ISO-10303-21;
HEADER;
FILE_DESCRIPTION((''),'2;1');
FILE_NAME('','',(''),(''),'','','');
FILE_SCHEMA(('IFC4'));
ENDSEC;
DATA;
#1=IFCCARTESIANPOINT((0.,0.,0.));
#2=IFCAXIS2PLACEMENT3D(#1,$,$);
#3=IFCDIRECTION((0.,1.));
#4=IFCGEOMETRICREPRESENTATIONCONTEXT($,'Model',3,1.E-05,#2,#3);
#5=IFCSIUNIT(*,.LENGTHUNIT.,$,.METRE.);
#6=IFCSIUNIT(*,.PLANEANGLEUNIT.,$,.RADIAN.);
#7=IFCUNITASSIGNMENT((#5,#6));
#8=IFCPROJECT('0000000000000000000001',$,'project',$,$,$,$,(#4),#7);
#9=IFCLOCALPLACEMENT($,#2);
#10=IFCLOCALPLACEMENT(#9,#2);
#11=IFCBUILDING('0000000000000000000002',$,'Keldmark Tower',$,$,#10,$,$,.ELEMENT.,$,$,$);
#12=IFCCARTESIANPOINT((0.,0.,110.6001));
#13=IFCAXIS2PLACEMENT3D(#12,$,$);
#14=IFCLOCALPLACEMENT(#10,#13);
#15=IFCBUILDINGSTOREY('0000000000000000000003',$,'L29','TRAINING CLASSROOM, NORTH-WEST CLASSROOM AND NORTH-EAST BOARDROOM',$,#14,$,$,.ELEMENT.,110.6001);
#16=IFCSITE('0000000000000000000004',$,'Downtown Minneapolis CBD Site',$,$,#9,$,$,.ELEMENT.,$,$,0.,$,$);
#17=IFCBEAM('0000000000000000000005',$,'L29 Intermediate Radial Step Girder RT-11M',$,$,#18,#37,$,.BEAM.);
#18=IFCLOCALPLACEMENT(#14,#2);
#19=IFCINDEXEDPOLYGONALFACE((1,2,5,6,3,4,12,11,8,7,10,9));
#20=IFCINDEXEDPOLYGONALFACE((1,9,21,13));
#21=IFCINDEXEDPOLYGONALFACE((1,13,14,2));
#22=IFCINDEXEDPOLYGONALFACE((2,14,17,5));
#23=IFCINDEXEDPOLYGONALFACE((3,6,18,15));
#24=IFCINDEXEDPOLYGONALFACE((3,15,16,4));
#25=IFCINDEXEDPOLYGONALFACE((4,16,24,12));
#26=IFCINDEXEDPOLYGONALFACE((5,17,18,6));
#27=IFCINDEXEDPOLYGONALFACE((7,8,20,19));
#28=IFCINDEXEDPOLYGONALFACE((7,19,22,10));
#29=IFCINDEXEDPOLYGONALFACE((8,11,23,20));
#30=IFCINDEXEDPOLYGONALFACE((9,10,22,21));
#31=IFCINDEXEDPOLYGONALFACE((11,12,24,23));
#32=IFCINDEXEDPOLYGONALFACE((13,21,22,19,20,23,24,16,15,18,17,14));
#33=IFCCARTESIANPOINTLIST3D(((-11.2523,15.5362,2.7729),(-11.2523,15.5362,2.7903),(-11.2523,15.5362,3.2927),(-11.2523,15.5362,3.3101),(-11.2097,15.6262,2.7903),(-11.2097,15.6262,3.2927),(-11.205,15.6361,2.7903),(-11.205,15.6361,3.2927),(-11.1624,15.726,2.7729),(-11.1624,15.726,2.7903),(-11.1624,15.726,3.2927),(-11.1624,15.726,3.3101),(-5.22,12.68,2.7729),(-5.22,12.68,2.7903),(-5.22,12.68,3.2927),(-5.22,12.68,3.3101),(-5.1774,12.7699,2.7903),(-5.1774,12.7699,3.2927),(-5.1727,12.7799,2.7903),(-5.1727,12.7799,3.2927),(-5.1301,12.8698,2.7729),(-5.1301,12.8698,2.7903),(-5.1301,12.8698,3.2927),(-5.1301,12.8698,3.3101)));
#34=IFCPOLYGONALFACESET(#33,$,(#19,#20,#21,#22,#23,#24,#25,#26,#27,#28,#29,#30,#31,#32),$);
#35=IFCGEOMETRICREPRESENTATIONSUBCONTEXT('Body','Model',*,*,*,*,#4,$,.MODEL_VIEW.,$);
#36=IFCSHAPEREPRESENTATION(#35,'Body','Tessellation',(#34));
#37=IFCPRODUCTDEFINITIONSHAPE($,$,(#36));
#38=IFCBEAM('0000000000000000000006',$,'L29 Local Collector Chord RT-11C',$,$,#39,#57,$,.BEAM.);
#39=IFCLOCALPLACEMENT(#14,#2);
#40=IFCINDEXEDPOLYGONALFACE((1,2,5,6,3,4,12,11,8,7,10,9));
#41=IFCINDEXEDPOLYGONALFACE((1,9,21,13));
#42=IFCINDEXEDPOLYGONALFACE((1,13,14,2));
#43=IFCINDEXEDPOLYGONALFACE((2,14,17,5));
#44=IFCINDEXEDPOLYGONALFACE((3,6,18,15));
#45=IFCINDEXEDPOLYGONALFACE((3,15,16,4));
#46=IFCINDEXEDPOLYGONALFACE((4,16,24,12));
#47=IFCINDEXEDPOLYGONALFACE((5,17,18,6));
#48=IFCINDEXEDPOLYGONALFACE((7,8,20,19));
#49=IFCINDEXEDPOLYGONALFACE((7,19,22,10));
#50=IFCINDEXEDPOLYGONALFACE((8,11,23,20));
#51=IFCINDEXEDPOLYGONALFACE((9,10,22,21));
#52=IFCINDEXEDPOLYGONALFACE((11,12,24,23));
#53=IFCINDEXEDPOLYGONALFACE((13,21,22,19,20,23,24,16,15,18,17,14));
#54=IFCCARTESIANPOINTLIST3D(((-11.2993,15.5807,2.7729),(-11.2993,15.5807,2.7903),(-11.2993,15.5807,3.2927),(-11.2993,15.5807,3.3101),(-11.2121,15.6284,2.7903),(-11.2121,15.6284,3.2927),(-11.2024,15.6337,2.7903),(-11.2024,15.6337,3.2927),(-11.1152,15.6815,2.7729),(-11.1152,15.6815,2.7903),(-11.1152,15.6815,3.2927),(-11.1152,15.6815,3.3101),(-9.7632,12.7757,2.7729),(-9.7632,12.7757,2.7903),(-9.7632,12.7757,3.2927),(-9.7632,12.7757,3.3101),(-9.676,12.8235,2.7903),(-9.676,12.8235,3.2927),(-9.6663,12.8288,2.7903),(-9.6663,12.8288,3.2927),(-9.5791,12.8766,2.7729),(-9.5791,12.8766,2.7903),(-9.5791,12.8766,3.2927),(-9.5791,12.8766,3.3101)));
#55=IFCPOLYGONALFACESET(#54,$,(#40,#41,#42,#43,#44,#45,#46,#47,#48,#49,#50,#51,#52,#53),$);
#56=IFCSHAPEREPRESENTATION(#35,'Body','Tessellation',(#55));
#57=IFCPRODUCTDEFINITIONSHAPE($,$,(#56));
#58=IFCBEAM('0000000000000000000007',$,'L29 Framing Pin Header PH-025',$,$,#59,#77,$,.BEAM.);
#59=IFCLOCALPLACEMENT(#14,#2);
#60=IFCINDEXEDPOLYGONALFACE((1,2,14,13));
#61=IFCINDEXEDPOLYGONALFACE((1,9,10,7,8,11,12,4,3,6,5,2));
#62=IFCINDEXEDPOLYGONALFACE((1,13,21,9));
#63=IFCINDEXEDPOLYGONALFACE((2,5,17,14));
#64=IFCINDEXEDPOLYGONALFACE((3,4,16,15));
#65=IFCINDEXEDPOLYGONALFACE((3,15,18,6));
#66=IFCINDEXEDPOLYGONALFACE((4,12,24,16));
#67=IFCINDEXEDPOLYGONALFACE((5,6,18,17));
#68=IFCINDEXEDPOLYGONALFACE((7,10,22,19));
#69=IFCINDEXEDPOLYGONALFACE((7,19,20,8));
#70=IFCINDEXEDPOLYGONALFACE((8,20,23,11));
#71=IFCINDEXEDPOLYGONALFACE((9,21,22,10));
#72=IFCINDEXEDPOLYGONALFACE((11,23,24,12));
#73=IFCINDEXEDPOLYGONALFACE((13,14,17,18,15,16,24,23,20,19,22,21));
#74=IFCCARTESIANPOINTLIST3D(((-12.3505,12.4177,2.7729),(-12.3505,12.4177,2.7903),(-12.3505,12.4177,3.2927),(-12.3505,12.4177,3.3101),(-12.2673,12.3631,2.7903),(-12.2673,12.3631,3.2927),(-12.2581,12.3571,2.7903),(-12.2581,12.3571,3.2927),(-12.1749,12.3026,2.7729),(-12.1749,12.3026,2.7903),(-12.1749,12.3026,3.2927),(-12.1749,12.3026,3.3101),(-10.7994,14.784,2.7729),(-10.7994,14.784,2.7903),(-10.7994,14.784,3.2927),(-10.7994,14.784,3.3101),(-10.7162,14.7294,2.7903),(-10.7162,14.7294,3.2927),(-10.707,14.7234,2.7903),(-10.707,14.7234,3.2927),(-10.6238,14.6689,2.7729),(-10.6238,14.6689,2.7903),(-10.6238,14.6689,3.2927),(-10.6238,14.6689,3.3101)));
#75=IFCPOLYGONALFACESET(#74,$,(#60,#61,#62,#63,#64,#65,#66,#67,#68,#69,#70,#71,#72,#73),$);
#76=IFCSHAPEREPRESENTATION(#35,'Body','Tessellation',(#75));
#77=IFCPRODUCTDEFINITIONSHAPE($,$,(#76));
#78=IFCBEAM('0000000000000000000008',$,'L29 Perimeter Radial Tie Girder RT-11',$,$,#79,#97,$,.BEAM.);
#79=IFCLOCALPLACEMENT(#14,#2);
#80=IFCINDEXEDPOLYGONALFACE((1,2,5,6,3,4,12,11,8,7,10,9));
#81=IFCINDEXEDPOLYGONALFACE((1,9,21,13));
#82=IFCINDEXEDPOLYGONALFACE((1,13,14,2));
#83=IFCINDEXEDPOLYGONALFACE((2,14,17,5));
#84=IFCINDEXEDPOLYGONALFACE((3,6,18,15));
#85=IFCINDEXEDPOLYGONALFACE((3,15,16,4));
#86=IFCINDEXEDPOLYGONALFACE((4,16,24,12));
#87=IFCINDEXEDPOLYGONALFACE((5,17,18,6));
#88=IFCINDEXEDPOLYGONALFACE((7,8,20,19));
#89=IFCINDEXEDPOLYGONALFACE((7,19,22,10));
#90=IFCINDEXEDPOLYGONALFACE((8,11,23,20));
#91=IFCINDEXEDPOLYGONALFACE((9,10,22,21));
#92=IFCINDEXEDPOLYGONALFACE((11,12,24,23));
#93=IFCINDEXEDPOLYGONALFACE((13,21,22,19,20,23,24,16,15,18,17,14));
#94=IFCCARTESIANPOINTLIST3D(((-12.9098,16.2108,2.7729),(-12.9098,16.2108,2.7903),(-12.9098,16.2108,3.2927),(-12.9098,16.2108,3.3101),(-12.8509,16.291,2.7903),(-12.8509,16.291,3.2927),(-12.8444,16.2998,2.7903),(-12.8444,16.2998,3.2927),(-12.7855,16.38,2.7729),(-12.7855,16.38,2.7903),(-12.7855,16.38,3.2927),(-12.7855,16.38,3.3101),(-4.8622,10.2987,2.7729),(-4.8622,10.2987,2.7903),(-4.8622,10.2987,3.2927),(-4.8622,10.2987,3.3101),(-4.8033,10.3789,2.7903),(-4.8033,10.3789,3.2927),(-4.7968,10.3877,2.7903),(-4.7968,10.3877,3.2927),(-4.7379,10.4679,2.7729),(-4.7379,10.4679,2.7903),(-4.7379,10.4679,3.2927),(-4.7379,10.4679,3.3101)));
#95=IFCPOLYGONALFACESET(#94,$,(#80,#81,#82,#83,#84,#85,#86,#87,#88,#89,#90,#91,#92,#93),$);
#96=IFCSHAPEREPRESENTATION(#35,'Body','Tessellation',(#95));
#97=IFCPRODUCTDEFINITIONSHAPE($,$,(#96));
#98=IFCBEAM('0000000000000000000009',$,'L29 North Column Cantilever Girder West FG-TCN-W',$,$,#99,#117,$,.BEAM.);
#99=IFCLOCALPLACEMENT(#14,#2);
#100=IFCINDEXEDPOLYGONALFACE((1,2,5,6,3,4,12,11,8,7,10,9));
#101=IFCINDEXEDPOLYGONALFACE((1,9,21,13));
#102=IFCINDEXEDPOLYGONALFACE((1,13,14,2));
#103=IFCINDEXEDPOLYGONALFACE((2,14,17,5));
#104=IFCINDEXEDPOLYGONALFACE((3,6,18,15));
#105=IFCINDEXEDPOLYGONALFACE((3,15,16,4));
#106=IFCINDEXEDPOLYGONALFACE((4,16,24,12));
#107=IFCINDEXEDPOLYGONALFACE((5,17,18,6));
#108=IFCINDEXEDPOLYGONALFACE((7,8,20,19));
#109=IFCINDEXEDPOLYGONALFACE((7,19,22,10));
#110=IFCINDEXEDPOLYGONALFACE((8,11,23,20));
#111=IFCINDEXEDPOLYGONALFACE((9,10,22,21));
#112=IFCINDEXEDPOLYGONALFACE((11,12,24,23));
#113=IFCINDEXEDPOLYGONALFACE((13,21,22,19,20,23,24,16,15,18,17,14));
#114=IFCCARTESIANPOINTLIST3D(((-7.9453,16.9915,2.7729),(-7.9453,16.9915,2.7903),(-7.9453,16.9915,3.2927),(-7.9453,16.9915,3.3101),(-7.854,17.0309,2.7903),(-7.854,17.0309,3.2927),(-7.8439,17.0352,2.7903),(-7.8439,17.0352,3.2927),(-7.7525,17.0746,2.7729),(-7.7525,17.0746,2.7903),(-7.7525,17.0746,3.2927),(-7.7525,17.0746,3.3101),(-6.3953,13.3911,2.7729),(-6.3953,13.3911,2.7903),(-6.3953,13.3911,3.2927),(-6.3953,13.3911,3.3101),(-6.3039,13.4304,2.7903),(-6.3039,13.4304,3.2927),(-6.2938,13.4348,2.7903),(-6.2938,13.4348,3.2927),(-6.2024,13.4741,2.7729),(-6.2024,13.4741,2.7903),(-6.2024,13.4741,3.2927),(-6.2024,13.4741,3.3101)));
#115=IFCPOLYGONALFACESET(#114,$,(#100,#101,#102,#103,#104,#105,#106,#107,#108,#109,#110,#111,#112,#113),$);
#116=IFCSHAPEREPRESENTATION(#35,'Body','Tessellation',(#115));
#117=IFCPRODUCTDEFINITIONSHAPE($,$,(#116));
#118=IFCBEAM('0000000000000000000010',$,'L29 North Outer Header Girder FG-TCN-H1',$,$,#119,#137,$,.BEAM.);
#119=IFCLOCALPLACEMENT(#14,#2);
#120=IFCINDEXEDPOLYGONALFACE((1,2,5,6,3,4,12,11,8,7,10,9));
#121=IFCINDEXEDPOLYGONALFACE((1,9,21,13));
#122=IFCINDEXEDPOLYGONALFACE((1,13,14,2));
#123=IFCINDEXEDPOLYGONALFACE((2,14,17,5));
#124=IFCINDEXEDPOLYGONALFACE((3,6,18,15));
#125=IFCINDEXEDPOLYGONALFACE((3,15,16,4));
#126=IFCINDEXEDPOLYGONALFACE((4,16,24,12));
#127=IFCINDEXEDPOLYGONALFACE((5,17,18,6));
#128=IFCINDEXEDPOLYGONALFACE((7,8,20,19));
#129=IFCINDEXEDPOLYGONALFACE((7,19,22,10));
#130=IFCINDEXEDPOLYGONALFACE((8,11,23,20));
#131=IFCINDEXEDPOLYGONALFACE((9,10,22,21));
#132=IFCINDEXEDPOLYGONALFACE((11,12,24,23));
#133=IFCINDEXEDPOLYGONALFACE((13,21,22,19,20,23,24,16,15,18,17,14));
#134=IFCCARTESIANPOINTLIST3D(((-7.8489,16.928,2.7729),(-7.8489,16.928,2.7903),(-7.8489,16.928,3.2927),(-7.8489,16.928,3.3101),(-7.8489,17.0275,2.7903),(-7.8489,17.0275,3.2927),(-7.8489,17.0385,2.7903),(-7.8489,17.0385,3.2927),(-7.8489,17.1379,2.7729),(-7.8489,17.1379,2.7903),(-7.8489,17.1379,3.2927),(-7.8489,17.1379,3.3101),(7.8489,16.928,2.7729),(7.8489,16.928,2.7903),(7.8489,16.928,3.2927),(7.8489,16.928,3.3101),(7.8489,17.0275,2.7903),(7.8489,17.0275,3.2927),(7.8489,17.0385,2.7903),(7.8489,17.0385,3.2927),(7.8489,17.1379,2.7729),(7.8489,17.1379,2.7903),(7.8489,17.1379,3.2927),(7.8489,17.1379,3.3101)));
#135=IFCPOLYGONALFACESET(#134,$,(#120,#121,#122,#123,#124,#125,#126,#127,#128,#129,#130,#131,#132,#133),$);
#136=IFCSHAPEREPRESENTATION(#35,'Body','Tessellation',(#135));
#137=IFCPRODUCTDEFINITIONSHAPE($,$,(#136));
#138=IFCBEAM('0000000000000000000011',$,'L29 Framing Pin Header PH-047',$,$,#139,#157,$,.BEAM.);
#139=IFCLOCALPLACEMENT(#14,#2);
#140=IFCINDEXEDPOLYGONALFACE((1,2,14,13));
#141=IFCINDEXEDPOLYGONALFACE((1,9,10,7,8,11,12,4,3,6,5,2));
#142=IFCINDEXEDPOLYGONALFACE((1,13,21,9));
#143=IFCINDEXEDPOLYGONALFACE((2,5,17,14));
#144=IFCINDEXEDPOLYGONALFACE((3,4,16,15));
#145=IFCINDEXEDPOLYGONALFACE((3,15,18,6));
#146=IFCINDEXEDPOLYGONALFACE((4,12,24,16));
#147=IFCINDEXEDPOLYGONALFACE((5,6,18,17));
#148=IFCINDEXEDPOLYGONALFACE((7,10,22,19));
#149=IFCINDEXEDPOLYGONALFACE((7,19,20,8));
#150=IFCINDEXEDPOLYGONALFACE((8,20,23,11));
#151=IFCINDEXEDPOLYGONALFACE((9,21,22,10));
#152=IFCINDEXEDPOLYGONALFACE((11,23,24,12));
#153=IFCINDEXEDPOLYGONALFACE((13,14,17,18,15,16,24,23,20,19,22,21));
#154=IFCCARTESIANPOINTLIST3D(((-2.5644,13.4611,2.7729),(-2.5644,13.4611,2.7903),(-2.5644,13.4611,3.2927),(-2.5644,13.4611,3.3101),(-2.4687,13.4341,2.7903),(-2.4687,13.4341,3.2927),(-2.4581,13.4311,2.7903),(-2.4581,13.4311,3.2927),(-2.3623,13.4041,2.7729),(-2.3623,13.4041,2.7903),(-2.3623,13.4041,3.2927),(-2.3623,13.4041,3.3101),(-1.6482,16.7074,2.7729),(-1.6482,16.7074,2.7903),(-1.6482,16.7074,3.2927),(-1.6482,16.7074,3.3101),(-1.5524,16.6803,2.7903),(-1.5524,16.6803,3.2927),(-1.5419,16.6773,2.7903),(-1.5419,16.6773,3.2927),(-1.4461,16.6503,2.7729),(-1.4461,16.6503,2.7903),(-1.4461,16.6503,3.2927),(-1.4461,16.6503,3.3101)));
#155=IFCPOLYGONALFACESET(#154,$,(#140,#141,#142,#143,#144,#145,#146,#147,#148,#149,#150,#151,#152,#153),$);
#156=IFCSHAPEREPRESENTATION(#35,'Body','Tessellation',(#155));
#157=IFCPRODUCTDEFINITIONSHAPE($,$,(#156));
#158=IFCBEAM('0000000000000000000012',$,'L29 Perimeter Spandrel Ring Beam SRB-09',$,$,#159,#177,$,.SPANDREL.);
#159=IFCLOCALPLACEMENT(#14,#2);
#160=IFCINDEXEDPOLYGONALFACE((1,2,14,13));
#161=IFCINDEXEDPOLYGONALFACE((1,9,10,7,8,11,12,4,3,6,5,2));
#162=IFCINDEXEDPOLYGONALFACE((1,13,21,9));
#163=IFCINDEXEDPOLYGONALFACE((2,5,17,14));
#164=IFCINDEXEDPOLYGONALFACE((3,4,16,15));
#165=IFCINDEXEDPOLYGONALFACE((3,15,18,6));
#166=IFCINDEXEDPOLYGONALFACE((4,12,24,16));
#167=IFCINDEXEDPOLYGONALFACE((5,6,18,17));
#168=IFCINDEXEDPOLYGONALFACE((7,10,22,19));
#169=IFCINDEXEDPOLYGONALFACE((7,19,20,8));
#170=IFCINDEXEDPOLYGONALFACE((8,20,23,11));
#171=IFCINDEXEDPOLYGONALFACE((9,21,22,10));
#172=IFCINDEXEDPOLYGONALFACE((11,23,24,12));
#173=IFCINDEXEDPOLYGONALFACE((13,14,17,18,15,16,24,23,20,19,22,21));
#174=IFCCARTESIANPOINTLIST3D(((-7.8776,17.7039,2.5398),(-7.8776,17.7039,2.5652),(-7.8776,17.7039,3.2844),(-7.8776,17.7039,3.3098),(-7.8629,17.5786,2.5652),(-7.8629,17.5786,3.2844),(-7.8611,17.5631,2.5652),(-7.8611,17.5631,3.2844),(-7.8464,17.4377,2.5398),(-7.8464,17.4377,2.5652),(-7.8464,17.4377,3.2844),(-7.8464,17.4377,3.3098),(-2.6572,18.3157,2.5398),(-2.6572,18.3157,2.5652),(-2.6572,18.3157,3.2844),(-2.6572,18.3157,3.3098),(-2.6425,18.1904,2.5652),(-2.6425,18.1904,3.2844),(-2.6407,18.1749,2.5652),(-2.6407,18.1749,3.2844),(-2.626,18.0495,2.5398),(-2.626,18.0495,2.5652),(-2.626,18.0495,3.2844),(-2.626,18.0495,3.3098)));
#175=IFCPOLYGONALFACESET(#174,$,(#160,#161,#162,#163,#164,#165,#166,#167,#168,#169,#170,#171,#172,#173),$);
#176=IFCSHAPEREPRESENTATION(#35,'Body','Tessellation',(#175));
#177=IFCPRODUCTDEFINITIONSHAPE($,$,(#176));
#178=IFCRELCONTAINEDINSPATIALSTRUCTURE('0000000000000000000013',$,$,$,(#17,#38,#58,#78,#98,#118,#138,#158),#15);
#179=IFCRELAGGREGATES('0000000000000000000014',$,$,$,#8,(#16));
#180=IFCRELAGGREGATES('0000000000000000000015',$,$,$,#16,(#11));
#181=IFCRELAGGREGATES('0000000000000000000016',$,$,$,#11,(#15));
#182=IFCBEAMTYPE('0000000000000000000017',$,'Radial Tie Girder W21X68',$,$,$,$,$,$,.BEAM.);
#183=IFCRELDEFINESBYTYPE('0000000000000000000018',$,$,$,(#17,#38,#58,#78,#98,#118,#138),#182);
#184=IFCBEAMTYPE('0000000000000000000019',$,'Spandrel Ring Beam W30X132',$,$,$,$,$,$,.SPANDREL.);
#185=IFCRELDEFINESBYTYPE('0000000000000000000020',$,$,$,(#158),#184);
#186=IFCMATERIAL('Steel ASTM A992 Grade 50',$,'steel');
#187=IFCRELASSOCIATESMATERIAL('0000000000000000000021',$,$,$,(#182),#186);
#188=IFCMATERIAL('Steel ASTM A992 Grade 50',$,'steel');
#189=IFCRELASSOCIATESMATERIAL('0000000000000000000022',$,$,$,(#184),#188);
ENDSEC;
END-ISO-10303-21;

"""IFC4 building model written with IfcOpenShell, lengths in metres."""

from ifc_helpers import new_model, si_unit, direction, frame, origin, origin_2d, place, context, subcontext, project, spatial, i_section, extrude, material, material_profile, profile_set, type_object, element, save


model = new_model("IFC4")

# Units and contexts
model_context = context("Model", 3, precision=1e-05, world=origin(), true_north=direction((0.0, 1.0)))
body_context = subcontext(model_context, "Body", "Model", "MODEL_VIEW")
ifc_project = project(units=[si_unit("LENGTHUNIT", "METRE"), si_unit("PLANEANGLEUNIT", "RADIAN")], contexts=[model_context])

# Site, building, storey
site_placement = place(None, origin())
site = spatial("IfcSite", under=ifc_project, at=site_placement, Name="Downtown Minneapolis CBD Site", CompositionType="ELEMENT", RefElevation=0.0)
building_placement = place(site_placement, origin())
building = spatial("IfcBuilding", under=site, at=building_placement, Name="Keldmark Tower", CompositionType="ELEMENT")
storey_placement = place(building_placement, frame((0.0, 0.0, 110.6001)))
storey = spatial("IfcBuildingStorey", under=building, at=storey_placement, Name="L29", Description="TRAINING CLASSROOM, NORTH-WEST CLASSROOM AND NORTH-EAST BOARDROOM", CompositionType="ELEMENT", Elevation=110.6001)

# Beams
ifc_material_1 = material(Name="Steel ASTM A992 Grade 50", Category="steel")
ifc_material_profile_1 = material_profile(ifc_material_1, i_section(OverallWidth=0.21, OverallDepth=0.5371, WebThickness=0.011, FlangeThickness=0.0173, at=origin_2d()), Name="W21X68")
ifc_profile_set_1 = profile_set([ifc_material_profile_1], Name="Steel ASTM A992 Grade 50")
beam_type_1 = type_object("IfcBeamType", Name="Radial Tie Girder W21X68", PredefinedType="BEAM", material=ifc_profile_set_1)
beam_1_placement = place(storey_placement, frame((-5.175, 12.7749, 3.0415), z_axis=(-0.903806, 0.427943, 0.0), x_axis=(-0.427943, -0.903806, 0.0)))
element("IfcBeam", 1, at=beam_1_placement, inside=storey, type_object=beam_type_1, Name="L29 Intermediate Radial Step Girder RT-11M", PredefinedType="BEAM", context=body_context, shape_type="SweptSolid", body=[
    extrude(i_section(OverallWidth=0.21, OverallDepth=0.5371, WebThickness=0.011, FlangeThickness=0.0173, at=origin_2d()), origin(), (0.0, 0.0, 1.0), 6.6743),
])
beam_2_placement = place(storey_placement, frame((-9.6711, 12.8262, 3.0415), z_axis=(-0.480338, 0.877083, 0.0), x_axis=(-0.877083, -0.480338, 0.0)))
element("IfcBeam", 2, at=beam_2_placement, inside=storey, type_object=beam_type_1, Name="L29 Local Collector Chord RT-11C", PredefinedType="BEAM", context=body_context, shape_type="SweptSolid", body=[
    extrude(i_section(OverallWidth=0.21, OverallDepth=0.5371, WebThickness=0.011, FlangeThickness=0.0173, at=origin_2d()), origin(), (0.0, 0.0, 1.0), 3.198),
])
beam_3_placement = place(storey_placement, frame((-12.2627, 12.3601, 3.0415), z_axis=(0.548212, 0.83634, 0.0), x_axis=(-0.83634, 0.548212, 0.0)))
element("IfcBeam", 3, at=beam_3_placement, inside=storey, type_object=beam_type_1, Name="L29 Framing Pin Header PH-025", PredefinedType="BEAM", context=body_context, shape_type="SweptSolid", body=[
    extrude(i_section(OverallWidth=0.21, OverallDepth=0.5371, WebThickness=0.011, FlangeThickness=0.0173, at=origin_2d()), origin(), (0.0, 0.0, 1.0), 2.8293),
])
beam_4_placement = place(storey_placement, frame((-4.8, 10.3833, 3.0415), z_axis=(-0.805902, 0.592049, 0.0), x_axis=(-0.592049, -0.805902, 0.0)))
element("IfcBeam", 4, at=beam_4_placement, inside=storey, type_object=beam_type_1, Name="L29 Perimeter Radial Tie Girder RT-11", PredefinedType="BEAM", context=body_context, shape_type="SweptSolid", body=[
    extrude(i_section(OverallWidth=0.21, OverallDepth=0.5371, WebThickness=0.011, FlangeThickness=0.0173, at=origin_2d()), origin(), (0.0, 0.0, 1.0), 9.9858),
])
beam_5_placement = place(storey_placement, frame((-6.2988, 13.4326, 3.0415), z_axis=(-0.395437, 0.918493, 0.0), x_axis=(-0.918493, -0.395437, 0.0)))
element("IfcBeam", 5, at=beam_5_placement, inside=storey, type_object=beam_type_1, Name="L29 North Column Cantilever Girder West FG-TCN-W", PredefinedType="BEAM", context=body_context, shape_type="SweptSolid", body=[
    extrude(i_section(OverallWidth=0.21, OverallDepth=0.5371, WebThickness=0.011, FlangeThickness=0.0173, at=origin_2d()), origin(), (0.0, 0.0, 1.0), 3.9199),
])
beam_6_placement = place(storey_placement, frame((-7.8489, 17.033, 3.0415), z_axis=(1.0, 0.0, 0.0), x_axis=(0.0, 1.0, 0.0)))
element("IfcBeam", 6, at=beam_6_placement, inside=storey, type_object=beam_type_1, Name="L29 North Outer Header Girder FG-TCN-H1", PredefinedType="BEAM", context=body_context, shape_type="SweptSolid", body=[
    extrude(i_section(OverallWidth=0.21, OverallDepth=0.5371, WebThickness=0.011, FlangeThickness=0.0173, at=origin_2d()), origin(), (0.0, 0.0, 1.0), 15.6978),
])
beam_7_placement = place(storey_placement, frame((-2.4634, 13.4326, 3.0415), z_axis=(0.271632, 0.962401, 0.0), x_axis=(-0.962401, 0.271632, 0.0)))
element("IfcBeam", 7, at=beam_7_placement, inside=storey, type_object=beam_type_1, Name="L29 Framing Pin Header PH-047", PredefinedType="BEAM", context=body_context, shape_type="SweptSolid", body=[
    extrude(i_section(OverallWidth=0.21, OverallDepth=0.5371, WebThickness=0.011, FlangeThickness=0.0173, at=origin_2d()), origin(), (0.0, 0.0, 1.0), 3.373),
])
ifc_material_2 = material(Name="Steel ASTM A992 Grade 50", Category="steel")
ifc_material_profile_2 = material_profile(ifc_material_2, i_section(OverallWidth=0.2681, OverallDepth=0.77, WebThickness=0.0156, FlangeThickness=0.0254, at=origin_2d()), Name="W30X132")
ifc_profile_set_2 = profile_set([ifc_material_profile_2], Name="Steel ASTM A992 Grade 50")
beam_type_2 = type_object("IfcBeamType", Name="Spandrel Ring Beam W30X132", PredefinedType="SPANDREL", material=ifc_profile_set_2)
beam_8_placement = place(storey_placement, frame((-2.6416, 18.1826, 2.9248), z_axis=(-0.993203, -0.116399, 0.0), x_axis=(0.116399, -0.993203, 0.0)))
element("IfcBeam", 8, at=beam_8_placement, inside=storey, type_object=beam_type_2, Name="L29 Perimeter Spandrel Ring Beam SRB-09", PredefinedType="SPANDREL", context=body_context, shape_type="SweptSolid", body=[
    extrude(i_section(OverallWidth=0.2681, OverallDepth=0.77, WebThickness=0.0156, FlangeThickness=0.0254, at=origin_2d()), origin(), (0.0, 0.0, 1.0), 5.2561),
])

save(model, "model.ifc")
